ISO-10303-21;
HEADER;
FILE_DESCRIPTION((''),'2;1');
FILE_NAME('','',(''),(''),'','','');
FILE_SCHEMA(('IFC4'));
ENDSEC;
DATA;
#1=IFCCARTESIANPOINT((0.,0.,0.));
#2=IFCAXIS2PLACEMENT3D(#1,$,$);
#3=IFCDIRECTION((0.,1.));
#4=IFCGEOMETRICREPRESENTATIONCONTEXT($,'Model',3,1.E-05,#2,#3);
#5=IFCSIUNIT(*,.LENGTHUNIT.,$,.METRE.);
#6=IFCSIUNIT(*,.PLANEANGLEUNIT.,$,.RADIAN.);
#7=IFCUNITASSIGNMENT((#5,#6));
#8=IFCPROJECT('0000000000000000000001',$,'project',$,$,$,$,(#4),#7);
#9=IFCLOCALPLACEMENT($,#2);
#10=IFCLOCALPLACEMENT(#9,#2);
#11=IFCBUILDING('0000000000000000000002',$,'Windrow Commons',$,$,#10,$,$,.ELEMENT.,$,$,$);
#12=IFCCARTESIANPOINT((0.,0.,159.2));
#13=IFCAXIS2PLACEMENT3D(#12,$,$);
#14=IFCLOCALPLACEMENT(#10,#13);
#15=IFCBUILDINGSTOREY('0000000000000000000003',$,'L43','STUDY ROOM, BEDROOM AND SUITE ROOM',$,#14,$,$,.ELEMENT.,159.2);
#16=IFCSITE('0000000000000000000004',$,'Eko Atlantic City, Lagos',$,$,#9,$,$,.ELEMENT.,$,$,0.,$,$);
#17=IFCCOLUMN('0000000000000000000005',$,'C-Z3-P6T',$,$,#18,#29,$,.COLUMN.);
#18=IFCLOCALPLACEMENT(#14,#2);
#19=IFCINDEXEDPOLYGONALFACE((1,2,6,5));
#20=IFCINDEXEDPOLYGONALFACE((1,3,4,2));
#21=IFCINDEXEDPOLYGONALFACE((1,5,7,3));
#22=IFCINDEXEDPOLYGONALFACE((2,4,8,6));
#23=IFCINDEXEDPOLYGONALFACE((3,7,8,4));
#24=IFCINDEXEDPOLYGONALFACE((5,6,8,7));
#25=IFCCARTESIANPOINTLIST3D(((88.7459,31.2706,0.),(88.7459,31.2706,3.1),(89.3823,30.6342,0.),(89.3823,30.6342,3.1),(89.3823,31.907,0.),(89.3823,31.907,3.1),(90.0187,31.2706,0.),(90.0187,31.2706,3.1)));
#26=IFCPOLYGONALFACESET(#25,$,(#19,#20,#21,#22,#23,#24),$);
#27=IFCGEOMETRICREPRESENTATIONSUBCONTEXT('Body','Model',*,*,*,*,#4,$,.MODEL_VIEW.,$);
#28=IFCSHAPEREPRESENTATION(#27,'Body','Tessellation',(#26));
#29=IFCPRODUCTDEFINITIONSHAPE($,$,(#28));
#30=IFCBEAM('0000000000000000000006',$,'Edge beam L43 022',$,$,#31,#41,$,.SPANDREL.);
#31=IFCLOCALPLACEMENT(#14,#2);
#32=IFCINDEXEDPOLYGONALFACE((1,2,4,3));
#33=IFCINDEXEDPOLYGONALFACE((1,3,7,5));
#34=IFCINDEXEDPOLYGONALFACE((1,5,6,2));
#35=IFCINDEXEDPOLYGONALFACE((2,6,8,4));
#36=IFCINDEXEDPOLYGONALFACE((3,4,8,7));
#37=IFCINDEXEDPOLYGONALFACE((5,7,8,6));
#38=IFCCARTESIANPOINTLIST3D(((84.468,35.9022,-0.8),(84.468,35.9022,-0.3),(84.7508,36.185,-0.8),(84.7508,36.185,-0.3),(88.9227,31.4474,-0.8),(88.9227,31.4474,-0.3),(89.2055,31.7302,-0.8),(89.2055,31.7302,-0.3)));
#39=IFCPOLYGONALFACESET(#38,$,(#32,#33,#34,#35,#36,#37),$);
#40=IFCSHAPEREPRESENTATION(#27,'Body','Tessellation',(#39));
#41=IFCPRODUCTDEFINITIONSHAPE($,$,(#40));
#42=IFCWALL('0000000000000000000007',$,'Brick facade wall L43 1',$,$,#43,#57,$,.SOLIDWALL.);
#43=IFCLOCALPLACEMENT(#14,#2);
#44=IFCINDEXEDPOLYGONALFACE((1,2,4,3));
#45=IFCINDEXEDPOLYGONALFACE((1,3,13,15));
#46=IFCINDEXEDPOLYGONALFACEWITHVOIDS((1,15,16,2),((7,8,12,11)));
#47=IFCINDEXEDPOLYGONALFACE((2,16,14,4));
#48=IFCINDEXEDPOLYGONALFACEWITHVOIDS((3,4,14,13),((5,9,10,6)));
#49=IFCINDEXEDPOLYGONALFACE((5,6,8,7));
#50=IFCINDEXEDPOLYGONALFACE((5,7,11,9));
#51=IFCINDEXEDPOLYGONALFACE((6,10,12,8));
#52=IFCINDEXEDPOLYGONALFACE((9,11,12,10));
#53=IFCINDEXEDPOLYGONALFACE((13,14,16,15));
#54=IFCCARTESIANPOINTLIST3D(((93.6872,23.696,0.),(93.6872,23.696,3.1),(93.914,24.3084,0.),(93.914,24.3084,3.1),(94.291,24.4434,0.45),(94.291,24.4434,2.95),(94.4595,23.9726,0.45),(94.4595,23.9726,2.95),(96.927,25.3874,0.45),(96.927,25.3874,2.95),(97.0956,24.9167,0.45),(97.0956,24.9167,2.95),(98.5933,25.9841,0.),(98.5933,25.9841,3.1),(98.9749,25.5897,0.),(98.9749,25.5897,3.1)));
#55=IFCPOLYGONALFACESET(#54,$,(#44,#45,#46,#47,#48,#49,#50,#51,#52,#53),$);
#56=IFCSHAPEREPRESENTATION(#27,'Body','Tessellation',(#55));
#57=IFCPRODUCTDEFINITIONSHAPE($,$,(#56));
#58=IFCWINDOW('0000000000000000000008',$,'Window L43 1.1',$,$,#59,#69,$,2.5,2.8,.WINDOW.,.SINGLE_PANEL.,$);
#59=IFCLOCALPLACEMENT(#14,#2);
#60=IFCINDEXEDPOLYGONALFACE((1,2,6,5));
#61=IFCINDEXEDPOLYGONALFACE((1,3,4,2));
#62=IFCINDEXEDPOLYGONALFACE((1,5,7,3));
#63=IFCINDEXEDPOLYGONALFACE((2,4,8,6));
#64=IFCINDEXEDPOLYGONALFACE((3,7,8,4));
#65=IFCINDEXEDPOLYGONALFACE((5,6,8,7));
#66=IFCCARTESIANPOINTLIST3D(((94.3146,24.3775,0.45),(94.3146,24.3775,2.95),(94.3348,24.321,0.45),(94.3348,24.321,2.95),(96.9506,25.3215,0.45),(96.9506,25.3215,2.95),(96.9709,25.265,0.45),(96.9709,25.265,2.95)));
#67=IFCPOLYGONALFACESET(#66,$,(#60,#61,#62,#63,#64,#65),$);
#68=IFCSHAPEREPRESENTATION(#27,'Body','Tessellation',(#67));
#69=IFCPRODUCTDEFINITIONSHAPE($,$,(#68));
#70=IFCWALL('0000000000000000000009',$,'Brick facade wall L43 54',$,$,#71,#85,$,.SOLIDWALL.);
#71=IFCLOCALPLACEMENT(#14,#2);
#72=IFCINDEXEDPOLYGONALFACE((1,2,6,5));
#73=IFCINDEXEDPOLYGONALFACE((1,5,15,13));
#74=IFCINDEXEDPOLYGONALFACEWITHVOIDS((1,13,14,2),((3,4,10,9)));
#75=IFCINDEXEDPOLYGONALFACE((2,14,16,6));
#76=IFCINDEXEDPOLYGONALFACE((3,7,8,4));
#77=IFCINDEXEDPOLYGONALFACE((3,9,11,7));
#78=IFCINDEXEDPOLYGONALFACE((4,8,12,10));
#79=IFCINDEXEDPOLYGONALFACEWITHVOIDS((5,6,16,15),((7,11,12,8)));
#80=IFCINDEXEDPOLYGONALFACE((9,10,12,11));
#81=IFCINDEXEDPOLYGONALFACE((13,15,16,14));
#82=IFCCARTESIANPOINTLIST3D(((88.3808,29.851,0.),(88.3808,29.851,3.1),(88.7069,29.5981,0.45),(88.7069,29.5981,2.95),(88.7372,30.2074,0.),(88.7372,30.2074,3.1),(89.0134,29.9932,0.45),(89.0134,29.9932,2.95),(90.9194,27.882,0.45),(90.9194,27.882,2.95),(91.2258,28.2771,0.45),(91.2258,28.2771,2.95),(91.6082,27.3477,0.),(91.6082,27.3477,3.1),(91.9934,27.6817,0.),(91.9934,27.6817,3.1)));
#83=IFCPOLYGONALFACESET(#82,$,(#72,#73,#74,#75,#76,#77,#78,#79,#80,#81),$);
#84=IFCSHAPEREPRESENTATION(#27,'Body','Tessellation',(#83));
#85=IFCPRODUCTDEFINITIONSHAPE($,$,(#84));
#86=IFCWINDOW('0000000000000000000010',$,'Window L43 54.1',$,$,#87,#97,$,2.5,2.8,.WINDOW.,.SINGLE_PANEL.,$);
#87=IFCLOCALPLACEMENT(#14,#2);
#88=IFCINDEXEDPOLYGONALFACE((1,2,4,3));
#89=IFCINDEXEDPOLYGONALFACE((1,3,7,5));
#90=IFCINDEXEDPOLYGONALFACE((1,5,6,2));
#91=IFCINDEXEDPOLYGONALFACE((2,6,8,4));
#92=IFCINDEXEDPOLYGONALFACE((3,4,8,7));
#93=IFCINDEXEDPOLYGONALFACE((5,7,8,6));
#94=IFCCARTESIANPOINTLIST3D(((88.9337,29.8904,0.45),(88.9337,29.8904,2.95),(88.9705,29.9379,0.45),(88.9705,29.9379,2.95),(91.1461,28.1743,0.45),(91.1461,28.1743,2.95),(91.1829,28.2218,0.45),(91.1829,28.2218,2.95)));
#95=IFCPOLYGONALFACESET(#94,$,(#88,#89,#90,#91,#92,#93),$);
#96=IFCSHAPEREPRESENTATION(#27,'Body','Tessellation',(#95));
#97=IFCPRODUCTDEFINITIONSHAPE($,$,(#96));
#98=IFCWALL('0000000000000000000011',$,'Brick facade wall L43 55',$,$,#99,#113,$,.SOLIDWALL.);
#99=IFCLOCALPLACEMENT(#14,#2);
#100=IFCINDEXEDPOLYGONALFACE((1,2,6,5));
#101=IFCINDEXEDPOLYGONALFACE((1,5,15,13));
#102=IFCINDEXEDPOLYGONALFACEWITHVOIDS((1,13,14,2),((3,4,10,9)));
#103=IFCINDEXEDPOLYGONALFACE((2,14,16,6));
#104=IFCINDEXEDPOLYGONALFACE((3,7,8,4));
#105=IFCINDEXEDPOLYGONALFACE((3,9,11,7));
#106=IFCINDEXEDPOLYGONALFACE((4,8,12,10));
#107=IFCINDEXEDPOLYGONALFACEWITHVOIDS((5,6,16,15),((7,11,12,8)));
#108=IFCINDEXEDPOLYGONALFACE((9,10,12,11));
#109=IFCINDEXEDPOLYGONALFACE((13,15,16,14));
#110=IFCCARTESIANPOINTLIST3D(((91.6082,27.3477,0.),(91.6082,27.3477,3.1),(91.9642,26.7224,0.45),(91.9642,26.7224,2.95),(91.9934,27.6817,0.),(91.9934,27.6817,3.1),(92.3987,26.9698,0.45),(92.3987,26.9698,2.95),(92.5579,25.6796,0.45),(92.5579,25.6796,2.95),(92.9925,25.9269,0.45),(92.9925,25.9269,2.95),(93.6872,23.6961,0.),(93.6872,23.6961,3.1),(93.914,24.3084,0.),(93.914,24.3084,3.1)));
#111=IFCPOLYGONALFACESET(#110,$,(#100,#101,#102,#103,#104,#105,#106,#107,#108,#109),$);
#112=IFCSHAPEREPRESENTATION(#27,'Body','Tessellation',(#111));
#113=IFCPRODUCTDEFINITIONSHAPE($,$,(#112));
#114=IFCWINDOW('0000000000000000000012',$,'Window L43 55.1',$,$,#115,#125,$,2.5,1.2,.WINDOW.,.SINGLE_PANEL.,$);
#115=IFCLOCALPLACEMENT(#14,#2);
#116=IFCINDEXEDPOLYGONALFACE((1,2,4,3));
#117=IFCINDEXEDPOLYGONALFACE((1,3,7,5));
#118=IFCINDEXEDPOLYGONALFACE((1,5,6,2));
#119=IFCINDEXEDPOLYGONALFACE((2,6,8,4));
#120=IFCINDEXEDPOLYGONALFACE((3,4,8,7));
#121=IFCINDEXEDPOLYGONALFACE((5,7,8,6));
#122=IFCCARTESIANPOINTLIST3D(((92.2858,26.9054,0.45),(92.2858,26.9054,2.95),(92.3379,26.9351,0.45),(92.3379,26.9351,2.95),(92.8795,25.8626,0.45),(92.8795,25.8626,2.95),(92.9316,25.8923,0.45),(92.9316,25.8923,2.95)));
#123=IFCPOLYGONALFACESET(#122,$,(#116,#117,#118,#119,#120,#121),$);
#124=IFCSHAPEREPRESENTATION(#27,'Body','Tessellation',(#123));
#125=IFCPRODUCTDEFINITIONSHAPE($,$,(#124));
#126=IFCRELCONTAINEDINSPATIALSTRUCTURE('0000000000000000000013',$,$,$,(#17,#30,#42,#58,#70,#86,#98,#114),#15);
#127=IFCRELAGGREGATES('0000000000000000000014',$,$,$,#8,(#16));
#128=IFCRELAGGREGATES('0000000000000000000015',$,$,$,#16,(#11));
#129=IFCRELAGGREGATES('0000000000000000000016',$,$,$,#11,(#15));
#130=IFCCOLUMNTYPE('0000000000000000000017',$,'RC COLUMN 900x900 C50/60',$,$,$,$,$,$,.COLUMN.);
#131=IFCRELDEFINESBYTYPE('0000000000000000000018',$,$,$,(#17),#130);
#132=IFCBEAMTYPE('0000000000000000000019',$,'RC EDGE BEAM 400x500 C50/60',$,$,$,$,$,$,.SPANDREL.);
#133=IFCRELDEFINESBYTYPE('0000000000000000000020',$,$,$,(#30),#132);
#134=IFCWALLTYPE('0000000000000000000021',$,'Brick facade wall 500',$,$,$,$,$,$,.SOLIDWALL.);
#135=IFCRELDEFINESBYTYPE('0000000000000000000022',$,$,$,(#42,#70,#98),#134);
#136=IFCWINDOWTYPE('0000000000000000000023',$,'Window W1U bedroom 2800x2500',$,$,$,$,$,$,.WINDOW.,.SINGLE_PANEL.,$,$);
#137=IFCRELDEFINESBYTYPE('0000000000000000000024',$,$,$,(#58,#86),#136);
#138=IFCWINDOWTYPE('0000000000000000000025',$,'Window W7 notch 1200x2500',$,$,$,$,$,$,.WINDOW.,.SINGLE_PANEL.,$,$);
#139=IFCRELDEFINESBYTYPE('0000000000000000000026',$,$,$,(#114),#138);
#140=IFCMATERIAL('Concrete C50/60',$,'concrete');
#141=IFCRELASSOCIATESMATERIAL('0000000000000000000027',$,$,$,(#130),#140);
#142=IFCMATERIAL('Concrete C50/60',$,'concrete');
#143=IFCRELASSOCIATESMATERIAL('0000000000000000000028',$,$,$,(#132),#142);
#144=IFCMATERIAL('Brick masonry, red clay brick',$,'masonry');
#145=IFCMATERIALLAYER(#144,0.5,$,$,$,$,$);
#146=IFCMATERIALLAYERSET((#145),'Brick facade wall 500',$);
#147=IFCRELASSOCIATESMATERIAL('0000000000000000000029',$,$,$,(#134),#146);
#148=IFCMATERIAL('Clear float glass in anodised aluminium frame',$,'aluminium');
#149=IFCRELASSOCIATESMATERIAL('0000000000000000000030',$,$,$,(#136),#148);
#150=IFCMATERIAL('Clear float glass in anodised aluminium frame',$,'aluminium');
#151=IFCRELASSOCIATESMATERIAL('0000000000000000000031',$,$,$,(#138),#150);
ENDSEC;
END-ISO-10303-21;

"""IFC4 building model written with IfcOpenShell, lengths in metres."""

from ifc_helpers import new_model, si_unit, direction, frame, frame_2d, origin, origin_2d, place, context, subcontext, project, spatial, polyline, rectangle, outline, extrude, material, layer, layer_set, material_profile, profile_set, type_object, element, fill, save


model = new_model("IFC4")

# Units and contexts
model_context = context("Model", 3, precision=1e-05, world=origin(), true_north=direction((0.0, 1.0)))
body_context = subcontext(model_context, "Body", "Model", "MODEL_VIEW")
ifc_project = project(units=[si_unit("LENGTHUNIT", "METRE"), si_unit("PLANEANGLEUNIT", "RADIAN")], contexts=[model_context])

# Site, building, storey
site_placement = place(None, origin())
site = spatial("IfcSite", under=ifc_project, at=site_placement, Name="Eko Atlantic City, Lagos", CompositionType="ELEMENT", RefElevation=0.0)
building_placement = place(site_placement, origin())
building = spatial("IfcBuilding", under=site, at=building_placement, Name="Windrow Commons", CompositionType="ELEMENT")
storey_placement = place(building_placement, frame((0.0, 0.0, 159.2)))
storey = spatial("IfcBuildingStorey", under=building, at=storey_placement, Name="L43", Description="STUDY ROOM, BEDROOM AND SUITE ROOM", CompositionType="ELEMENT", Elevation=159.2)

# Column
ifc_material_1 = material(Name="Concrete C50/60", Category="concrete")
ifc_material_profile_1 = material_profile(ifc_material_1, rectangle(XDim=0.9, YDim=0.9, at=origin_2d()))
ifc_profile_set_1 = profile_set([ifc_material_profile_1], Name="Concrete C50/60")
column_type = type_object("IfcColumnType", Name="RC COLUMN 900x900 C50/60", PredefinedType="COLUMN", material=ifc_profile_set_1)
column_placement = place(storey_placement, frame((89.3823, 31.2706, 0.0), z_axis=(0.0, 0.0, 1.0), x_axis=(0.707107, -0.707107, 0.0)))
element("IfcColumn", 1, at=column_placement, inside=storey, type_object=column_type, Name="C-Z3-P6T", PredefinedType="COLUMN", context=body_context, shape_type="SweptSolid", body=[
    extrude(rectangle(XDim=0.9, YDim=0.9, at=origin_2d()), origin(), (0.0, 0.0, 1.0), 3.1),
])

# Beam
ifc_material_2 = material(Name="Concrete C50/60", Category="concrete")
ifc_material_profile_2 = material_profile(ifc_material_2, rectangle(XDim=0.4, YDim=0.5, at=origin_2d()))
ifc_profile_set_2 = profile_set([ifc_material_profile_2], Name="Concrete C50/60")
beam_type = type_object("IfcBeamType", Name="RC EDGE BEAM 400x500 C50/60", PredefinedType="SPANDREL", material=ifc_profile_set_2)
beam_placement = place(storey_placement, frame((89.0641, 31.5888, -0.55), z_axis=(-0.707099, 0.707115, 0.0), x_axis=(-0.707115, -0.707099, 0.0)))
element("IfcBeam", 2, at=beam_placement, inside=storey, type_object=beam_type, Name="Edge beam L43 022", PredefinedType="SPANDREL", context=body_context, shape_type="SweptSolid", body=[
    extrude(rectangle(XDim=0.4, YDim=0.5, at=origin_2d()), origin(), (0.0, 0.0, 1.0), 6.3),
])

# Walls, openings, windows
ifc_material_3 = material(Name="Brick masonry, red clay brick", Category="masonry")
ifc_layer_1 = layer(ifc_material_3, 0.5)
ifc_layer_set_1 = layer_set([ifc_layer_1], Name="Brick facade wall 500")
wall_type_1 = type_object("IfcWallType", Name="Brick facade wall 500", PredefinedType="SOLIDWALL", material=ifc_layer_set_1)
wall_1_placement = place(storey_placement, frame((93.8006, 24.0022, 0.0), z_axis=(0.0, 0.0, 1.0), x_axis=(0.94145, 0.337154, 0.0)))
wall_1 = element("IfcWall", 3, at=wall_1_placement, inside=storey, type_object=wall_type_1, Name="Brick facade wall L43 1", PredefinedType="SOLIDWALL", context=body_context, shape_type="SweptSolid", body=[
    extrude(outline(polyline([(-0.21, -0.25), (5.4066, -0.25), (5.1803, 0.25), (0.21, 0.25), (-0.21, -0.25)])), origin(), (0.0, 0.0, 1.0), 3.1),
])
opening_1_placement = place(wall_1_placement, frame((0.6104, 0.0, 0.45)))
opening_1 = element("IfcOpeningElement", 4, at=opening_1_placement, cuts=wall_1, PredefinedType="OPENING", context=body_context, shape_type="SweptSolid", body=[
    extrude(rectangle(XDim=2.8, YDim=2.5, at=frame_2d((1.4, 1.25))), frame((0.0, 0.26, 0.0), z_axis=(0.0, -1.0, 0.0), x_axis=(1.0, 0.0, 0.0)), (0.0, 0.0, 1.0), 0.52),
])
ifc_material_4 = material(Name="Clear float glass in anodised aluminium frame", Category="aluminium")
window_type_1 = type_object("IfcWindowType", Name="Window W1U bedroom 2800x2500", PartitioningType="SINGLE_PANEL", PredefinedType="WINDOW", material=ifc_material_4)
window_1_placement = place(opening_1_placement, origin())
window_1 = element("IfcWindow", 5, at=window_1_placement, inside=storey, type_object=window_type_1, Name="Window L43 1.1", OverallHeight=2.5, OverallWidth=2.8, PartitioningType="SINGLE_PANEL", PredefinedType="WINDOW", context=body_context, shape_type="SweptSolid", body=[
    extrude(rectangle(XDim=2.8, YDim=2.5, at=frame_2d((1.4, 1.25))), frame((0.0, 0.18, 0.0), z_axis=(0.0, -1.0, 0.0), x_axis=(1.0, 0.0, 0.0)), (0.0, 0.0, 1.0), 0.06),
])
fill(opening_1, window_1)
wall_2_placement = place(storey_placement, frame((88.559, 30.0292, 0.0), z_axis=(0.0, 0.0, 1.0), x_axis=(0.790167, -0.612892, 0.0)))
wall_2 = element("IfcWall", 6, at=wall_2_placement, inside=storey, type_object=wall_type_1, Name="Brick facade wall L43 54", PredefinedType="SOLIDWALL", context=body_context, shape_type="SweptSolid", body=[
    extrude(outline(polyline([(-0.0316, -0.25), (4.0528, -0.25), (4.1525, 0.25), (0.0316, 0.25), (-0.0316, -0.25)])), origin(), (0.0, 0.0, 1.0), 3.1),
])
opening_2_placement = place(wall_2_placement, frame((0.3811, 0.0, 0.45)))
opening_2 = element("IfcOpeningElement", 7, at=opening_2_placement, cuts=wall_2, PredefinedType="OPENING", context=body_context, shape_type="SweptSolid", body=[
    extrude(rectangle(XDim=2.8, YDim=2.5, at=frame_2d((1.4, 1.25))), frame((0.0, 0.26, 0.0), z_axis=(0.0, -1.0, 0.0), x_axis=(1.0, 0.0, 0.0)), (0.0, 0.0, 1.0), 0.52),
])
window_2_placement = place(opening_2_placement, origin())
window_2 = element("IfcWindow", 8, at=window_2_placement, inside=storey, type_object=window_type_1, Name="Window L43 54.1", OverallHeight=2.5, OverallWidth=2.8, PartitioningType="SINGLE_PANEL", PredefinedType="WINDOW", context=body_context, shape_type="SweptSolid", body=[
    extrude(rectangle(XDim=2.8, YDim=2.5, at=frame_2d((1.4, 1.25))), frame((0.0, 0.18, 0.0), z_axis=(0.0, -1.0, 0.0), x_axis=(1.0, 0.0, 0.0)), (0.0, 0.0, 1.0), 0.06),
])
fill(opening_2, window_2)
wall_3_placement = place(storey_placement, frame((91.8008, 27.5147, 0.0), z_axis=(0.0, 0.0, 1.0), x_axis=(0.494769, -0.869025, 0.0)))
wall_3 = element("IfcWall", 9, at=wall_3_placement, inside=storey, type_object=wall_type_1, Name="Brick facade wall L43 55", PredefinedType="SOLIDWALL", context=body_context, shape_type="SweptSolid", body=[
    extrude(outline(polyline([(0.0498, -0.25), (4.2518, -0.25), (3.8319, 0.25), (-0.0498, 0.25), (0.0498, -0.25)])), origin(), (0.0, 0.0, 1.0), 3.1),
])
opening_3_placement = place(wall_3_placement, frame((0.7694, 0.0, 0.45)))
opening_3 = element("IfcOpeningElement", 10, at=opening_3_placement, cuts=wall_3, PredefinedType="OPENING", context=body_context, shape_type="SweptSolid", body=[
    extrude(rectangle(XDim=1.2, YDim=2.5, at=frame_2d((0.6, 1.25))), frame((0.0, 0.26, 0.0), z_axis=(0.0, -1.0, 0.0), x_axis=(1.0, 0.0, 0.0)), (0.0, 0.0, 1.0), 0.52),
])
ifc_material_5 = material(Name="Clear float glass in anodised aluminium frame", Category="aluminium")
window_type_2 = type_object("IfcWindowType", Name="Window W7 notch 1200x2500", PartitioningType="SINGLE_PANEL", PredefinedType="WINDOW", material=ifc_material_5)
window_3_placement = place(opening_3_placement, origin())
window_3 = element("IfcWindow", 11, at=window_3_placement, inside=storey, type_object=window_type_2, Name="Window L43 55.1", OverallHeight=2.5, OverallWidth=1.2, PartitioningType="SINGLE_PANEL", PredefinedType="WINDOW", context=body_context, shape_type="SweptSolid", body=[
    extrude(rectangle(XDim=1.2, YDim=2.5, at=frame_2d((0.6, 1.25))), frame((0.0, 0.18, 0.0), z_axis=(0.0, -1.0, 0.0), x_axis=(1.0, 0.0, 0.0)), (0.0, 0.0, 1.0), 0.06),
])
fill(opening_3, window_3)

save(model, "model.ifc")
